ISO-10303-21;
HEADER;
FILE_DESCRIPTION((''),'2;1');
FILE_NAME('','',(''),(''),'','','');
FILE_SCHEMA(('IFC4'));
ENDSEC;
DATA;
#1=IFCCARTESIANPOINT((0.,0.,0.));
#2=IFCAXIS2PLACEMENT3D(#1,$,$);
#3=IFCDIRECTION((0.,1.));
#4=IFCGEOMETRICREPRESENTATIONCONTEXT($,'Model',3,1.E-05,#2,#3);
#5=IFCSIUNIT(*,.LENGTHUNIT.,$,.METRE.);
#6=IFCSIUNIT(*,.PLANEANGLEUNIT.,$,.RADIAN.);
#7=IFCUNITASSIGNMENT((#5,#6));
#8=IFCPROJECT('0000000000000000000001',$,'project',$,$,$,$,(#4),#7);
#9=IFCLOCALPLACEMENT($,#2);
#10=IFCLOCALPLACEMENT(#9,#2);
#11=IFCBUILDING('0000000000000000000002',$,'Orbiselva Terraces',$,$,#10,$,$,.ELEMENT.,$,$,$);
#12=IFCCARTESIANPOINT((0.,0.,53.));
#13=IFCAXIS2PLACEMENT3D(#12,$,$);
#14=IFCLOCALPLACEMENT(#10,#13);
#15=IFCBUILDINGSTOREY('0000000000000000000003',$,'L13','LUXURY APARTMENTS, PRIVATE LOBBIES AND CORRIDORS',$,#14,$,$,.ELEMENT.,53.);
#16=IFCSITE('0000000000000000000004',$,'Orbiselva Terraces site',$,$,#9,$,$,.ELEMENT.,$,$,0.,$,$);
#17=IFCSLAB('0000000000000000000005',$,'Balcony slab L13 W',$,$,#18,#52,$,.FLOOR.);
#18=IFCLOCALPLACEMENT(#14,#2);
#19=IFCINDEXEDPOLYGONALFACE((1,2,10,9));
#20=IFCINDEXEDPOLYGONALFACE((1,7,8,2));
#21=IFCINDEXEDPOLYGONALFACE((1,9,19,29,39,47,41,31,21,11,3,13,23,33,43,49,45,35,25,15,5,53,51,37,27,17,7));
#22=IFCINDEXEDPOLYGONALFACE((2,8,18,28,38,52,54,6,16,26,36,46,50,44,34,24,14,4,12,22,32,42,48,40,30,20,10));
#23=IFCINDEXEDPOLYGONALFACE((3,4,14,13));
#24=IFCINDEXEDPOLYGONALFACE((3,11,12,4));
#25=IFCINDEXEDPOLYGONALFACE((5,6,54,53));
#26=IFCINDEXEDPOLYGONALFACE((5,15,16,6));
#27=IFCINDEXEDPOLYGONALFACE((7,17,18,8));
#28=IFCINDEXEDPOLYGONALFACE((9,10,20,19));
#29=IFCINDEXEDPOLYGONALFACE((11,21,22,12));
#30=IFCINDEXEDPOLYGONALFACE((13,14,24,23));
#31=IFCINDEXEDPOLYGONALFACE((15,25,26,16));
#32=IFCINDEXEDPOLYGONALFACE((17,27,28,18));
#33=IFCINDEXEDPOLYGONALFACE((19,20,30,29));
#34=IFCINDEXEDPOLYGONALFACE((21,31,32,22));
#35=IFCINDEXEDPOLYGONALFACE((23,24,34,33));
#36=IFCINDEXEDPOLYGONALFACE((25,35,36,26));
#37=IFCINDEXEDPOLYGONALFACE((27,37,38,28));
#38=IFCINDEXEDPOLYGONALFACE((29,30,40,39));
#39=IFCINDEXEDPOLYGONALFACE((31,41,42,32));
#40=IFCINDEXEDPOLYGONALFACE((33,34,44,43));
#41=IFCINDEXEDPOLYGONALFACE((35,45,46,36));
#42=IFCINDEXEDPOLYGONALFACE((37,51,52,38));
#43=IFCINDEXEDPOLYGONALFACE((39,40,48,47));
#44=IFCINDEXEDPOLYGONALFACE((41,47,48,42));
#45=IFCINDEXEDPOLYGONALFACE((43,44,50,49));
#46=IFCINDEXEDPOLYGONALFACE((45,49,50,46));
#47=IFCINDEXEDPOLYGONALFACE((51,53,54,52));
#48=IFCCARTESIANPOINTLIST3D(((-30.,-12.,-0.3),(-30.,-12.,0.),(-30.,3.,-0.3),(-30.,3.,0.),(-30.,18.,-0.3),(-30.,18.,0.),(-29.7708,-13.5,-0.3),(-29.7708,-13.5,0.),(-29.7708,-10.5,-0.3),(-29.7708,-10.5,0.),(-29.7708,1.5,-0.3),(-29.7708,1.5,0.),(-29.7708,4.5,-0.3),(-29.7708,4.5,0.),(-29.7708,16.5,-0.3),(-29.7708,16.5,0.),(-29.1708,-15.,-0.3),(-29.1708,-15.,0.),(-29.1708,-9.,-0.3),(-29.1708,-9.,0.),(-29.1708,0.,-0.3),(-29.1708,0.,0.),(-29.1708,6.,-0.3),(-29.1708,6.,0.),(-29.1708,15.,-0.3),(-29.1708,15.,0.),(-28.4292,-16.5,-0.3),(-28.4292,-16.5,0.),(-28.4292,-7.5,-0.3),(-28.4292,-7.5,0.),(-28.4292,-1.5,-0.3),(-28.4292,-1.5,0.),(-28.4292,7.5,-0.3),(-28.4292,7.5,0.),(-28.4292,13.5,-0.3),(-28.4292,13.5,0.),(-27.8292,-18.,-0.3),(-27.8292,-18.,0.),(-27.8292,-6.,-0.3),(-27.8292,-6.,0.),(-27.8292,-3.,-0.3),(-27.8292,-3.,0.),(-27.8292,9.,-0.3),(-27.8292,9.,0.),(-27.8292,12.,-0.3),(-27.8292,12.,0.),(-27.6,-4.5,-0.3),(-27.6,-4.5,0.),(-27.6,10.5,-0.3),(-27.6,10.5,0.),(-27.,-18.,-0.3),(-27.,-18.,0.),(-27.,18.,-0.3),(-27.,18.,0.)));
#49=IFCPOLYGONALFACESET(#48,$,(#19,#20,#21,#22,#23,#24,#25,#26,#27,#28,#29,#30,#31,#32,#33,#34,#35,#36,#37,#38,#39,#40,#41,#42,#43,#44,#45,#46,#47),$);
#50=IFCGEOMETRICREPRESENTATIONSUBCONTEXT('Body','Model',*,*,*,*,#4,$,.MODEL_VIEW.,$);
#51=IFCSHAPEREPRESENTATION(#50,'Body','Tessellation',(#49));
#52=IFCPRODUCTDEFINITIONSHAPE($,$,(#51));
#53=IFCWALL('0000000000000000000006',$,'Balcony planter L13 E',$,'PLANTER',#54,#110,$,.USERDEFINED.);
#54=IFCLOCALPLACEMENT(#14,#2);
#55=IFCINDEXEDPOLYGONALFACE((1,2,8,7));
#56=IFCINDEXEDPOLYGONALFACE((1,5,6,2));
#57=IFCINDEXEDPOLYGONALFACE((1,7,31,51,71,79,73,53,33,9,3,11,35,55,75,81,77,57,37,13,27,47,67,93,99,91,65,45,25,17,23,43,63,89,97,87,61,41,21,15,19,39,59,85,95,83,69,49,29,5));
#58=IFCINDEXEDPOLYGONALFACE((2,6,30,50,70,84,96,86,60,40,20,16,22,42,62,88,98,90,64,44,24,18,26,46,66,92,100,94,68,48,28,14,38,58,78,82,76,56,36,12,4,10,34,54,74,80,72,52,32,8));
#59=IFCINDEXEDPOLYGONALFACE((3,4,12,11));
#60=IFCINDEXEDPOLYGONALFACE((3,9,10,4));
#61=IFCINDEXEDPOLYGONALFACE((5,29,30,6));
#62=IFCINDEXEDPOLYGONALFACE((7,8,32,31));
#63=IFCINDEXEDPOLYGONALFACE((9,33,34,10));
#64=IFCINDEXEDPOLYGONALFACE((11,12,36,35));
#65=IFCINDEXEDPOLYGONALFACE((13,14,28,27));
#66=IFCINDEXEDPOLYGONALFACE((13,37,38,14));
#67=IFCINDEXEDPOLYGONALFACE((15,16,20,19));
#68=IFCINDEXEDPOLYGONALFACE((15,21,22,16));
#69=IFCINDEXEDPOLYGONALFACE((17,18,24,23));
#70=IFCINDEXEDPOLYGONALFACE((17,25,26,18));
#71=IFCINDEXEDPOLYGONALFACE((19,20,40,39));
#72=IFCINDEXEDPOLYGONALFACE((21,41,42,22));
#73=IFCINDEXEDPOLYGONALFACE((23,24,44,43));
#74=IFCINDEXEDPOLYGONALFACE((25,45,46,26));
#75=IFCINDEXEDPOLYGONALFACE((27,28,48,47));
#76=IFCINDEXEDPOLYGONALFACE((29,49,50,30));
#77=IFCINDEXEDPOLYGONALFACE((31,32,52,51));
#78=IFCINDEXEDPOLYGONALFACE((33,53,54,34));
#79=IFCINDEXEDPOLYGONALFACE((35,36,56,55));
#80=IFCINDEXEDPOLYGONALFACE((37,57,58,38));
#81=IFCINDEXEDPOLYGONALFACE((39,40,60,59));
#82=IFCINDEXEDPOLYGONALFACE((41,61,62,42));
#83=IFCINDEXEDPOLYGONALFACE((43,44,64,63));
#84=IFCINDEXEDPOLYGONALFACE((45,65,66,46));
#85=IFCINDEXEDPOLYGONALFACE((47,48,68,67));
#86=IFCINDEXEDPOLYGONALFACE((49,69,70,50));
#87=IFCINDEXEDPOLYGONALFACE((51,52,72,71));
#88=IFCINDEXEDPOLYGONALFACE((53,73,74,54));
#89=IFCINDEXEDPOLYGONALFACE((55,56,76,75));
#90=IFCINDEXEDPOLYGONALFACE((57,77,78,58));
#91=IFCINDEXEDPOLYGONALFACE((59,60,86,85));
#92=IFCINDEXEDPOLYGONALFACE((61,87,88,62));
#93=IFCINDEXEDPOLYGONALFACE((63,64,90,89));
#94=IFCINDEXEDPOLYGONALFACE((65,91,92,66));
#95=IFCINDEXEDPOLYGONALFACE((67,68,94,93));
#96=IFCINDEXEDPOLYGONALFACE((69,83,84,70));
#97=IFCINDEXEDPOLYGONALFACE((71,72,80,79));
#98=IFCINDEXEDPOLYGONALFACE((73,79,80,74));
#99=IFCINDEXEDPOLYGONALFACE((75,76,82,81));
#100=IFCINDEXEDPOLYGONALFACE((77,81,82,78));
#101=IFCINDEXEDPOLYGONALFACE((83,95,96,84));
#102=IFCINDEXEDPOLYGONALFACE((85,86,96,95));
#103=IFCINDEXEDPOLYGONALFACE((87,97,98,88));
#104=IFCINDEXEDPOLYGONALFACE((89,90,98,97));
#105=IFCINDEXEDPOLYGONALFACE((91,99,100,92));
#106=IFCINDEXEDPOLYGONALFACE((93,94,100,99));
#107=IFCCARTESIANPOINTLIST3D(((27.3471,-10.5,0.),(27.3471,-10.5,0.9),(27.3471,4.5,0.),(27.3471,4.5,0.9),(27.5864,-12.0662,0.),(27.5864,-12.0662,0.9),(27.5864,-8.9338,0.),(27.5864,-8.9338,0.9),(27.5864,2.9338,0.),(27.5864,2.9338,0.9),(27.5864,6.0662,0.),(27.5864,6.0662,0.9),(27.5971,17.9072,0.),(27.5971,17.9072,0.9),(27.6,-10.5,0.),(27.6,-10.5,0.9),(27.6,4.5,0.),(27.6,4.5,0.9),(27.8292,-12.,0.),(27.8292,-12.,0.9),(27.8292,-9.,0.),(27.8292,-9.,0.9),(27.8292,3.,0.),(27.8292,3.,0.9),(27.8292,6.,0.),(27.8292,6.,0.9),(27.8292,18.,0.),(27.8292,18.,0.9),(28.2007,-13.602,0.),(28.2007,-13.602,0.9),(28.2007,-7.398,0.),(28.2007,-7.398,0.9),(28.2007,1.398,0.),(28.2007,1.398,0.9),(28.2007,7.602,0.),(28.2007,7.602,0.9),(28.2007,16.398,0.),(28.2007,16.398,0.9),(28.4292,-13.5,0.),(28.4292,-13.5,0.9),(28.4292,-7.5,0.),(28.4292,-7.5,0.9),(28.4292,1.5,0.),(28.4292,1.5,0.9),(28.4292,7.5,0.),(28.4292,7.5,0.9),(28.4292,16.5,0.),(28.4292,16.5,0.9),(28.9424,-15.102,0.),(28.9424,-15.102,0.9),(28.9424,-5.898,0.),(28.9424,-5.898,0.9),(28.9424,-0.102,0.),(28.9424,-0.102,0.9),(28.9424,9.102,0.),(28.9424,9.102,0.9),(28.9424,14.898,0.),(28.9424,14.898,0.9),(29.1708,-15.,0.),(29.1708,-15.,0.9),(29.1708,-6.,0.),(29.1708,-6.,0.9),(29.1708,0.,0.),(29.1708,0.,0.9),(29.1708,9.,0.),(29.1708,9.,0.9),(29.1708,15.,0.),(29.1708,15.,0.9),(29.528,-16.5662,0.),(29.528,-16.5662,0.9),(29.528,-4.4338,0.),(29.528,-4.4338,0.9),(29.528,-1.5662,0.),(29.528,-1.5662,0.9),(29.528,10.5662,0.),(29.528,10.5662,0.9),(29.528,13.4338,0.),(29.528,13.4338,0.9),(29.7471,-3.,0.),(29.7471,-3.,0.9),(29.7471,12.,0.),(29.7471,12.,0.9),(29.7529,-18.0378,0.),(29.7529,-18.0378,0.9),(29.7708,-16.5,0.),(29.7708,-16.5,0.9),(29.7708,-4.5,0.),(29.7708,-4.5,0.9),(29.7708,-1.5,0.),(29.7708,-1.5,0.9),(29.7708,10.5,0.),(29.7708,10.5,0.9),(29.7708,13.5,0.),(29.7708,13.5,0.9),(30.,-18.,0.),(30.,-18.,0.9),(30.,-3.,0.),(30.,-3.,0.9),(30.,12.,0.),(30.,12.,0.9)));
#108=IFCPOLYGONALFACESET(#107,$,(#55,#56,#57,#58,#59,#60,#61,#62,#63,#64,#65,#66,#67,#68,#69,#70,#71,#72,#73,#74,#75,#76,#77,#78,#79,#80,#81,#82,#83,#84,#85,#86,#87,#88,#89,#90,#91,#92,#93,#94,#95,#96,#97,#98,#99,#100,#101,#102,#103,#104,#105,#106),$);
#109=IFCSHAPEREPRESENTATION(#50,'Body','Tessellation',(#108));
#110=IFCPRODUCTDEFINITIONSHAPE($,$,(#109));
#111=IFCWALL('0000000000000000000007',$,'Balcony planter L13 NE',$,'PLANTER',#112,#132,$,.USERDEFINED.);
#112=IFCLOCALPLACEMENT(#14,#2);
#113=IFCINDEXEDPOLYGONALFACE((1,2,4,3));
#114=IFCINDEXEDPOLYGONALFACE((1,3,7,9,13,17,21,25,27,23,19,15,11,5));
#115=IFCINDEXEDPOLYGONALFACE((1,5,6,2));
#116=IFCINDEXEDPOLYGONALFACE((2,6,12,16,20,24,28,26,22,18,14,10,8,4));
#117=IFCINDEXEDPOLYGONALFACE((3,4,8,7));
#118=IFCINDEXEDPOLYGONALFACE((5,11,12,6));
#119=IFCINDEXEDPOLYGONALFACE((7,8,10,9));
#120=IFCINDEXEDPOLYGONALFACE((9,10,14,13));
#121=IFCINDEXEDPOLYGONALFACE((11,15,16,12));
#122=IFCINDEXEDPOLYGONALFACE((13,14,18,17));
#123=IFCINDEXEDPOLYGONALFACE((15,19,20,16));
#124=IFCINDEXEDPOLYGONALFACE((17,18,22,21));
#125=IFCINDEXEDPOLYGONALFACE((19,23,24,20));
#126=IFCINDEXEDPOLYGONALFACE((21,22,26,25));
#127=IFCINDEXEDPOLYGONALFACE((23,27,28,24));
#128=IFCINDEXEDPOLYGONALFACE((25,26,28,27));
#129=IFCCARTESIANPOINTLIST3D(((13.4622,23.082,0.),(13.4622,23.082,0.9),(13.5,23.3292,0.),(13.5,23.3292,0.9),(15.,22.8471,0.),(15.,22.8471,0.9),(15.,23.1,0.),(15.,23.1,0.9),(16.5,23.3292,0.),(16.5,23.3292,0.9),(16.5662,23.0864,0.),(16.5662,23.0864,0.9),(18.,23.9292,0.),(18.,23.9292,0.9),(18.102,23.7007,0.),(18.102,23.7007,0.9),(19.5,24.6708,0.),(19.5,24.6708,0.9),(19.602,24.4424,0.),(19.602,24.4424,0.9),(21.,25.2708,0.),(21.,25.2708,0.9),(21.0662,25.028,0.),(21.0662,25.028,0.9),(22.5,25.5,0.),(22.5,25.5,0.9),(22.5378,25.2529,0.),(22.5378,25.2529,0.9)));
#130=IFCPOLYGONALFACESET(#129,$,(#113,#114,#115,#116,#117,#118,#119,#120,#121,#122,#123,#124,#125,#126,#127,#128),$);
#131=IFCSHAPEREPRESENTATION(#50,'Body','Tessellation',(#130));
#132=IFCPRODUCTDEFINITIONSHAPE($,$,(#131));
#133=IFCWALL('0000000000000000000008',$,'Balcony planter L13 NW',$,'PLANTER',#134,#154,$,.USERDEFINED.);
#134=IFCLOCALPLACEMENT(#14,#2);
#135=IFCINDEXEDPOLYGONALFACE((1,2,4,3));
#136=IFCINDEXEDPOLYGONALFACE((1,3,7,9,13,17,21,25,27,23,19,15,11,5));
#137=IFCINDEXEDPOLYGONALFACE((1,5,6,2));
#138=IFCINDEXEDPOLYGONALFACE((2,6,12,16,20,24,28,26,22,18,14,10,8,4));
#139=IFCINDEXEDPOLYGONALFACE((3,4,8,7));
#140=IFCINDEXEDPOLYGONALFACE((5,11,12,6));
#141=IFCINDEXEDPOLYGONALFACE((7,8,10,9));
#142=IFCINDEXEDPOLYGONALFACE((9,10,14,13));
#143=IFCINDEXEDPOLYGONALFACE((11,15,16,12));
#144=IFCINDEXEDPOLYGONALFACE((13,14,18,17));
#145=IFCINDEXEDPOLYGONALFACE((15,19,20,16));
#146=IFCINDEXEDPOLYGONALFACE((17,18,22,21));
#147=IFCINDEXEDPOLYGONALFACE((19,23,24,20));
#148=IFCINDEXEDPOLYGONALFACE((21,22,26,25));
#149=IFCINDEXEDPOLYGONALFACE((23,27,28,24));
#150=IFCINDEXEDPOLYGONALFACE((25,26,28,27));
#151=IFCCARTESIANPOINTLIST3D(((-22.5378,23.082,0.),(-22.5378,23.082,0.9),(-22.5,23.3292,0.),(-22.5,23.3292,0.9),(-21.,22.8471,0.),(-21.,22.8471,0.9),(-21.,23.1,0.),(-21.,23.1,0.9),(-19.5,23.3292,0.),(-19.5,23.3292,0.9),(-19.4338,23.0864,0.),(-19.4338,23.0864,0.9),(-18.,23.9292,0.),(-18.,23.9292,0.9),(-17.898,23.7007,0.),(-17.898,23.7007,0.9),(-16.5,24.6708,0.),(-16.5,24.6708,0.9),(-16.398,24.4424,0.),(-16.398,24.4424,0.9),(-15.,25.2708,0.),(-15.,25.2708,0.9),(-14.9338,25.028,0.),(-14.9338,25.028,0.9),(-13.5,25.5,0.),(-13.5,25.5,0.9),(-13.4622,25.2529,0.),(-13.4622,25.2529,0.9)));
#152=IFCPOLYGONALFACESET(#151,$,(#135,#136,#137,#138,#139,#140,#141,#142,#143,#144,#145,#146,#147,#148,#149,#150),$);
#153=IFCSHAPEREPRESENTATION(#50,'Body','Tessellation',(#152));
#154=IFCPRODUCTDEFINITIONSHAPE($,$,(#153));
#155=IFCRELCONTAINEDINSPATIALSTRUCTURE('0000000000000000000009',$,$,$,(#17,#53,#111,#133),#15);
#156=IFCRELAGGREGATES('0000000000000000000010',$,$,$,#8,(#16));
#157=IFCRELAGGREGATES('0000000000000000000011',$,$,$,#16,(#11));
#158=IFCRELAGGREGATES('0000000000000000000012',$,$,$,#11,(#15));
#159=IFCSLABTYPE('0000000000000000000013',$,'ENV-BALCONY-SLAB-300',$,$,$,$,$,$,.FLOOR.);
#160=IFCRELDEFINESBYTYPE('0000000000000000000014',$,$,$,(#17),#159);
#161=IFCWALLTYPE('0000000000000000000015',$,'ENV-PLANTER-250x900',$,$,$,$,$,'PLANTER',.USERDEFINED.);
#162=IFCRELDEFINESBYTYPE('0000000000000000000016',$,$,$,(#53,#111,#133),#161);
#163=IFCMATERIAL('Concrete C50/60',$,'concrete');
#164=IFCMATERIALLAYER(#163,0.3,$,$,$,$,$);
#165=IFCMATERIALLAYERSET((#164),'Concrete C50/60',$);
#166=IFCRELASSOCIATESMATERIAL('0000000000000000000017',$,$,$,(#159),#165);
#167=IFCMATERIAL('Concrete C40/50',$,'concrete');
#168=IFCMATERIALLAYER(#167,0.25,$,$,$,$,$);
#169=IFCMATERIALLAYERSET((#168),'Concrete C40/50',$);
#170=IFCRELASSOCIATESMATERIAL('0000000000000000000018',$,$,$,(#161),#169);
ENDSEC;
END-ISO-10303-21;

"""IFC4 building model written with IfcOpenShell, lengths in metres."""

from ifc_helpers import new_model, si_unit, direction, frame, origin, place, context, subcontext, project, spatial, polyline, outline, extrude, material, layer, layer_set, type_object, element, save


model = new_model("IFC4")

# Units and contexts
model_context = context("Model", 3, precision=1e-05, world=origin(), true_north=direction((0.0, 1.0)))
body_context = subcontext(model_context, "Body", "Model", "MODEL_VIEW")
ifc_project = project(units=[si_unit("LENGTHUNIT", "METRE"), si_unit("PLANEANGLEUNIT", "RADIAN")], contexts=[model_context])

# Site, building, storey
site_placement = place(None, origin())
site = spatial("IfcSite", under=ifc_project, at=site_placement, Name="Orbiselva Terraces site", CompositionType="ELEMENT", RefElevation=0.0)
building_placement = place(site_placement, origin())
building = spatial("IfcBuilding", under=site, at=building_placement, Name="Orbiselva Terraces", CompositionType="ELEMENT")
storey_placement = place(building_placement, frame((0.0, 0.0, 53.0)))
storey = spatial("IfcBuildingStorey", under=building, at=storey_placement, Name="L13", Description="LUXURY APARTMENTS, PRIVATE LOBBIES AND CORRIDORS", CompositionType="ELEMENT", Elevation=53.0)

# Slab
ifc_material_1 = material(Name="Concrete C40/50", Category="concrete")
ifc_material_2 = material(Name="Concrete C50/60", Category="concrete")
ifc_layer_1 = layer(ifc_material_2, 0.3)
ifc_layer_set_1 = layer_set([ifc_layer_1], Name="Concrete C50/60")
slab_type_1 = type_object("IfcSlabType", Name="ENV-BALCONY-SLAB-300", PredefinedType="FLOOR", material=ifc_layer_set_1)
slab_1_placement = place(storey_placement, frame((0.0, 0.0, -0.3)))
element("IfcSlab", 1, at=slab_1_placement, inside=storey, type_object=slab_type_1, Name="Balcony slab L13 W", PredefinedType="FLOOR", context=body_context, shape_type="SweptSolid", body=[
    extrude(outline(polyline([(-30.0, 18.0), (-29.7708, 16.5), (-29.1708, 15.0), (-28.4292, 13.5), (-27.8292, 12.0), (-27.6, 10.5), (-27.8292, 9.0), (-28.4292, 7.5), (-29.1708, 6.0), (-29.7708, 4.5), (-30.0, 3.0), (-29.7708, 1.5), (-29.1708, 0.0), (-28.4292, -1.5), (-27.8292, -3.0), (-27.6, -4.5), (-27.8292, -6.0), (-28.4292, -7.5), (-29.1708, -9.0), (-29.7708, -10.5), (-30.0, -12.0), (-29.7708, -13.5), (-29.1708, -15.0), (-28.4292, -16.5), (-27.8292, -18.0), (-27.0, -18.0), (-27.0, 18.0), (-30.0, 18.0)])), origin(), (0.0, 0.0, 1.0), 0.3),
])

# Walls
ifc_layer_2 = layer(ifc_material_1, 0.25)
ifc_layer_set_2 = layer_set([ifc_layer_2], Name="Concrete C40/50")
wall_type_1 = type_object("IfcWallType", Name="ENV-PLANTER-250x900", ElementType="PLANTER", PredefinedType="USERDEFINED", material=ifc_layer_set_2)
wall_1_placement = place(storey_placement, origin())
element("IfcWall", 2, at=wall_1_placement, inside=storey, type_object=wall_type_1, Name="Balcony planter L13 E", ObjectType="PLANTER", PredefinedType="USERDEFINED", context=body_context, shape_type="SweptSolid", body=[
    extrude(outline(polyline([(30.0, -18.0), (29.7708, -16.5), (29.1708, -15.0), (28.4292, -13.5), (27.8292, -12.0), (27.6, -10.5), (27.8292, -9.0), (28.4292, -7.5), (29.1708, -6.0), (29.7708, -4.5), (30.0, -3.0), (29.7708, -1.5), (29.1708, 0.0), (28.4292, 1.5), (27.8292, 3.0), (27.6, 4.5), (27.8292, 6.0), (28.4292, 7.5), (29.1708, 9.0), (29.7708, 10.5), (30.0, 12.0), (29.7708, 13.5), (29.1708, 15.0), (28.4292, 16.5), (27.8292, 18.0), (27.5971, 17.9072), (28.2007, 16.398), (28.9424, 14.898), (29.528, 13.4338), (29.7471, 12.0), (29.528, 10.5662), (28.9424, 9.102), (28.2007, 7.602), (27.5864, 6.0662), (27.3471, 4.5), (27.5864, 2.9338), (28.2007, 1.398), (28.9424, -0.102), (29.528, -1.5662), (29.7471, -3.0), (29.528, -4.4338), (28.9424, -5.898), (28.2007, -7.398), (27.5864, -8.9338), (27.3471, -10.5), (27.5864, -12.0662), (28.2007, -13.602), (28.9424, -15.102), (29.528, -16.5662), (29.7529, -18.0378), (30.0, -18.0)])), origin(), (0.0, 0.0, 1.0), 0.9),
])
wall_2_placement = place(storey_placement, origin())
element("IfcWall", 3, at=wall_2_placement, inside=storey, type_object=wall_type_1, Name="Balcony planter L13 NE", ObjectType="PLANTER", PredefinedType="USERDEFINED", context=body_context, shape_type="SweptSolid", body=[
    extrude(outline(polyline([(22.5, 25.5), (21.0, 25.2708), (19.5, 24.6708), (18.0, 23.9292), (16.5, 23.3292), (15.0, 23.1), (13.5, 23.3292), (13.4622, 23.082), (15.0, 22.8471), (16.5662, 23.0864), (18.102, 23.7007), (19.602, 24.4424), (21.0662, 25.028), (22.5378, 25.2529), (22.5, 25.5)])), origin(), (0.0, 0.0, 1.0), 0.9),
])
wall_3_placement = place(storey_placement, origin())
element("IfcWall", 4, at=wall_3_placement, inside=storey, type_object=wall_type_1, Name="Balcony planter L13 NW", ObjectType="PLANTER", PredefinedType="USERDEFINED", context=body_context, shape_type="SweptSolid", body=[
    extrude(outline(polyline([(-13.5, 25.5), (-15.0, 25.2708), (-16.5, 24.6708), (-18.0, 23.9292), (-19.5, 23.3292), (-21.0, 23.1), (-22.5, 23.3292), (-22.5378, 23.082), (-21.0, 22.8471), (-19.4338, 23.0864), (-17.898, 23.7007), (-16.398, 24.4424), (-14.9338, 25.028), (-13.4622, 25.2529), (-13.5, 25.5)])), origin(), (0.0, 0.0, 1.0), 0.9),
])

save(model, "model.ifc")
